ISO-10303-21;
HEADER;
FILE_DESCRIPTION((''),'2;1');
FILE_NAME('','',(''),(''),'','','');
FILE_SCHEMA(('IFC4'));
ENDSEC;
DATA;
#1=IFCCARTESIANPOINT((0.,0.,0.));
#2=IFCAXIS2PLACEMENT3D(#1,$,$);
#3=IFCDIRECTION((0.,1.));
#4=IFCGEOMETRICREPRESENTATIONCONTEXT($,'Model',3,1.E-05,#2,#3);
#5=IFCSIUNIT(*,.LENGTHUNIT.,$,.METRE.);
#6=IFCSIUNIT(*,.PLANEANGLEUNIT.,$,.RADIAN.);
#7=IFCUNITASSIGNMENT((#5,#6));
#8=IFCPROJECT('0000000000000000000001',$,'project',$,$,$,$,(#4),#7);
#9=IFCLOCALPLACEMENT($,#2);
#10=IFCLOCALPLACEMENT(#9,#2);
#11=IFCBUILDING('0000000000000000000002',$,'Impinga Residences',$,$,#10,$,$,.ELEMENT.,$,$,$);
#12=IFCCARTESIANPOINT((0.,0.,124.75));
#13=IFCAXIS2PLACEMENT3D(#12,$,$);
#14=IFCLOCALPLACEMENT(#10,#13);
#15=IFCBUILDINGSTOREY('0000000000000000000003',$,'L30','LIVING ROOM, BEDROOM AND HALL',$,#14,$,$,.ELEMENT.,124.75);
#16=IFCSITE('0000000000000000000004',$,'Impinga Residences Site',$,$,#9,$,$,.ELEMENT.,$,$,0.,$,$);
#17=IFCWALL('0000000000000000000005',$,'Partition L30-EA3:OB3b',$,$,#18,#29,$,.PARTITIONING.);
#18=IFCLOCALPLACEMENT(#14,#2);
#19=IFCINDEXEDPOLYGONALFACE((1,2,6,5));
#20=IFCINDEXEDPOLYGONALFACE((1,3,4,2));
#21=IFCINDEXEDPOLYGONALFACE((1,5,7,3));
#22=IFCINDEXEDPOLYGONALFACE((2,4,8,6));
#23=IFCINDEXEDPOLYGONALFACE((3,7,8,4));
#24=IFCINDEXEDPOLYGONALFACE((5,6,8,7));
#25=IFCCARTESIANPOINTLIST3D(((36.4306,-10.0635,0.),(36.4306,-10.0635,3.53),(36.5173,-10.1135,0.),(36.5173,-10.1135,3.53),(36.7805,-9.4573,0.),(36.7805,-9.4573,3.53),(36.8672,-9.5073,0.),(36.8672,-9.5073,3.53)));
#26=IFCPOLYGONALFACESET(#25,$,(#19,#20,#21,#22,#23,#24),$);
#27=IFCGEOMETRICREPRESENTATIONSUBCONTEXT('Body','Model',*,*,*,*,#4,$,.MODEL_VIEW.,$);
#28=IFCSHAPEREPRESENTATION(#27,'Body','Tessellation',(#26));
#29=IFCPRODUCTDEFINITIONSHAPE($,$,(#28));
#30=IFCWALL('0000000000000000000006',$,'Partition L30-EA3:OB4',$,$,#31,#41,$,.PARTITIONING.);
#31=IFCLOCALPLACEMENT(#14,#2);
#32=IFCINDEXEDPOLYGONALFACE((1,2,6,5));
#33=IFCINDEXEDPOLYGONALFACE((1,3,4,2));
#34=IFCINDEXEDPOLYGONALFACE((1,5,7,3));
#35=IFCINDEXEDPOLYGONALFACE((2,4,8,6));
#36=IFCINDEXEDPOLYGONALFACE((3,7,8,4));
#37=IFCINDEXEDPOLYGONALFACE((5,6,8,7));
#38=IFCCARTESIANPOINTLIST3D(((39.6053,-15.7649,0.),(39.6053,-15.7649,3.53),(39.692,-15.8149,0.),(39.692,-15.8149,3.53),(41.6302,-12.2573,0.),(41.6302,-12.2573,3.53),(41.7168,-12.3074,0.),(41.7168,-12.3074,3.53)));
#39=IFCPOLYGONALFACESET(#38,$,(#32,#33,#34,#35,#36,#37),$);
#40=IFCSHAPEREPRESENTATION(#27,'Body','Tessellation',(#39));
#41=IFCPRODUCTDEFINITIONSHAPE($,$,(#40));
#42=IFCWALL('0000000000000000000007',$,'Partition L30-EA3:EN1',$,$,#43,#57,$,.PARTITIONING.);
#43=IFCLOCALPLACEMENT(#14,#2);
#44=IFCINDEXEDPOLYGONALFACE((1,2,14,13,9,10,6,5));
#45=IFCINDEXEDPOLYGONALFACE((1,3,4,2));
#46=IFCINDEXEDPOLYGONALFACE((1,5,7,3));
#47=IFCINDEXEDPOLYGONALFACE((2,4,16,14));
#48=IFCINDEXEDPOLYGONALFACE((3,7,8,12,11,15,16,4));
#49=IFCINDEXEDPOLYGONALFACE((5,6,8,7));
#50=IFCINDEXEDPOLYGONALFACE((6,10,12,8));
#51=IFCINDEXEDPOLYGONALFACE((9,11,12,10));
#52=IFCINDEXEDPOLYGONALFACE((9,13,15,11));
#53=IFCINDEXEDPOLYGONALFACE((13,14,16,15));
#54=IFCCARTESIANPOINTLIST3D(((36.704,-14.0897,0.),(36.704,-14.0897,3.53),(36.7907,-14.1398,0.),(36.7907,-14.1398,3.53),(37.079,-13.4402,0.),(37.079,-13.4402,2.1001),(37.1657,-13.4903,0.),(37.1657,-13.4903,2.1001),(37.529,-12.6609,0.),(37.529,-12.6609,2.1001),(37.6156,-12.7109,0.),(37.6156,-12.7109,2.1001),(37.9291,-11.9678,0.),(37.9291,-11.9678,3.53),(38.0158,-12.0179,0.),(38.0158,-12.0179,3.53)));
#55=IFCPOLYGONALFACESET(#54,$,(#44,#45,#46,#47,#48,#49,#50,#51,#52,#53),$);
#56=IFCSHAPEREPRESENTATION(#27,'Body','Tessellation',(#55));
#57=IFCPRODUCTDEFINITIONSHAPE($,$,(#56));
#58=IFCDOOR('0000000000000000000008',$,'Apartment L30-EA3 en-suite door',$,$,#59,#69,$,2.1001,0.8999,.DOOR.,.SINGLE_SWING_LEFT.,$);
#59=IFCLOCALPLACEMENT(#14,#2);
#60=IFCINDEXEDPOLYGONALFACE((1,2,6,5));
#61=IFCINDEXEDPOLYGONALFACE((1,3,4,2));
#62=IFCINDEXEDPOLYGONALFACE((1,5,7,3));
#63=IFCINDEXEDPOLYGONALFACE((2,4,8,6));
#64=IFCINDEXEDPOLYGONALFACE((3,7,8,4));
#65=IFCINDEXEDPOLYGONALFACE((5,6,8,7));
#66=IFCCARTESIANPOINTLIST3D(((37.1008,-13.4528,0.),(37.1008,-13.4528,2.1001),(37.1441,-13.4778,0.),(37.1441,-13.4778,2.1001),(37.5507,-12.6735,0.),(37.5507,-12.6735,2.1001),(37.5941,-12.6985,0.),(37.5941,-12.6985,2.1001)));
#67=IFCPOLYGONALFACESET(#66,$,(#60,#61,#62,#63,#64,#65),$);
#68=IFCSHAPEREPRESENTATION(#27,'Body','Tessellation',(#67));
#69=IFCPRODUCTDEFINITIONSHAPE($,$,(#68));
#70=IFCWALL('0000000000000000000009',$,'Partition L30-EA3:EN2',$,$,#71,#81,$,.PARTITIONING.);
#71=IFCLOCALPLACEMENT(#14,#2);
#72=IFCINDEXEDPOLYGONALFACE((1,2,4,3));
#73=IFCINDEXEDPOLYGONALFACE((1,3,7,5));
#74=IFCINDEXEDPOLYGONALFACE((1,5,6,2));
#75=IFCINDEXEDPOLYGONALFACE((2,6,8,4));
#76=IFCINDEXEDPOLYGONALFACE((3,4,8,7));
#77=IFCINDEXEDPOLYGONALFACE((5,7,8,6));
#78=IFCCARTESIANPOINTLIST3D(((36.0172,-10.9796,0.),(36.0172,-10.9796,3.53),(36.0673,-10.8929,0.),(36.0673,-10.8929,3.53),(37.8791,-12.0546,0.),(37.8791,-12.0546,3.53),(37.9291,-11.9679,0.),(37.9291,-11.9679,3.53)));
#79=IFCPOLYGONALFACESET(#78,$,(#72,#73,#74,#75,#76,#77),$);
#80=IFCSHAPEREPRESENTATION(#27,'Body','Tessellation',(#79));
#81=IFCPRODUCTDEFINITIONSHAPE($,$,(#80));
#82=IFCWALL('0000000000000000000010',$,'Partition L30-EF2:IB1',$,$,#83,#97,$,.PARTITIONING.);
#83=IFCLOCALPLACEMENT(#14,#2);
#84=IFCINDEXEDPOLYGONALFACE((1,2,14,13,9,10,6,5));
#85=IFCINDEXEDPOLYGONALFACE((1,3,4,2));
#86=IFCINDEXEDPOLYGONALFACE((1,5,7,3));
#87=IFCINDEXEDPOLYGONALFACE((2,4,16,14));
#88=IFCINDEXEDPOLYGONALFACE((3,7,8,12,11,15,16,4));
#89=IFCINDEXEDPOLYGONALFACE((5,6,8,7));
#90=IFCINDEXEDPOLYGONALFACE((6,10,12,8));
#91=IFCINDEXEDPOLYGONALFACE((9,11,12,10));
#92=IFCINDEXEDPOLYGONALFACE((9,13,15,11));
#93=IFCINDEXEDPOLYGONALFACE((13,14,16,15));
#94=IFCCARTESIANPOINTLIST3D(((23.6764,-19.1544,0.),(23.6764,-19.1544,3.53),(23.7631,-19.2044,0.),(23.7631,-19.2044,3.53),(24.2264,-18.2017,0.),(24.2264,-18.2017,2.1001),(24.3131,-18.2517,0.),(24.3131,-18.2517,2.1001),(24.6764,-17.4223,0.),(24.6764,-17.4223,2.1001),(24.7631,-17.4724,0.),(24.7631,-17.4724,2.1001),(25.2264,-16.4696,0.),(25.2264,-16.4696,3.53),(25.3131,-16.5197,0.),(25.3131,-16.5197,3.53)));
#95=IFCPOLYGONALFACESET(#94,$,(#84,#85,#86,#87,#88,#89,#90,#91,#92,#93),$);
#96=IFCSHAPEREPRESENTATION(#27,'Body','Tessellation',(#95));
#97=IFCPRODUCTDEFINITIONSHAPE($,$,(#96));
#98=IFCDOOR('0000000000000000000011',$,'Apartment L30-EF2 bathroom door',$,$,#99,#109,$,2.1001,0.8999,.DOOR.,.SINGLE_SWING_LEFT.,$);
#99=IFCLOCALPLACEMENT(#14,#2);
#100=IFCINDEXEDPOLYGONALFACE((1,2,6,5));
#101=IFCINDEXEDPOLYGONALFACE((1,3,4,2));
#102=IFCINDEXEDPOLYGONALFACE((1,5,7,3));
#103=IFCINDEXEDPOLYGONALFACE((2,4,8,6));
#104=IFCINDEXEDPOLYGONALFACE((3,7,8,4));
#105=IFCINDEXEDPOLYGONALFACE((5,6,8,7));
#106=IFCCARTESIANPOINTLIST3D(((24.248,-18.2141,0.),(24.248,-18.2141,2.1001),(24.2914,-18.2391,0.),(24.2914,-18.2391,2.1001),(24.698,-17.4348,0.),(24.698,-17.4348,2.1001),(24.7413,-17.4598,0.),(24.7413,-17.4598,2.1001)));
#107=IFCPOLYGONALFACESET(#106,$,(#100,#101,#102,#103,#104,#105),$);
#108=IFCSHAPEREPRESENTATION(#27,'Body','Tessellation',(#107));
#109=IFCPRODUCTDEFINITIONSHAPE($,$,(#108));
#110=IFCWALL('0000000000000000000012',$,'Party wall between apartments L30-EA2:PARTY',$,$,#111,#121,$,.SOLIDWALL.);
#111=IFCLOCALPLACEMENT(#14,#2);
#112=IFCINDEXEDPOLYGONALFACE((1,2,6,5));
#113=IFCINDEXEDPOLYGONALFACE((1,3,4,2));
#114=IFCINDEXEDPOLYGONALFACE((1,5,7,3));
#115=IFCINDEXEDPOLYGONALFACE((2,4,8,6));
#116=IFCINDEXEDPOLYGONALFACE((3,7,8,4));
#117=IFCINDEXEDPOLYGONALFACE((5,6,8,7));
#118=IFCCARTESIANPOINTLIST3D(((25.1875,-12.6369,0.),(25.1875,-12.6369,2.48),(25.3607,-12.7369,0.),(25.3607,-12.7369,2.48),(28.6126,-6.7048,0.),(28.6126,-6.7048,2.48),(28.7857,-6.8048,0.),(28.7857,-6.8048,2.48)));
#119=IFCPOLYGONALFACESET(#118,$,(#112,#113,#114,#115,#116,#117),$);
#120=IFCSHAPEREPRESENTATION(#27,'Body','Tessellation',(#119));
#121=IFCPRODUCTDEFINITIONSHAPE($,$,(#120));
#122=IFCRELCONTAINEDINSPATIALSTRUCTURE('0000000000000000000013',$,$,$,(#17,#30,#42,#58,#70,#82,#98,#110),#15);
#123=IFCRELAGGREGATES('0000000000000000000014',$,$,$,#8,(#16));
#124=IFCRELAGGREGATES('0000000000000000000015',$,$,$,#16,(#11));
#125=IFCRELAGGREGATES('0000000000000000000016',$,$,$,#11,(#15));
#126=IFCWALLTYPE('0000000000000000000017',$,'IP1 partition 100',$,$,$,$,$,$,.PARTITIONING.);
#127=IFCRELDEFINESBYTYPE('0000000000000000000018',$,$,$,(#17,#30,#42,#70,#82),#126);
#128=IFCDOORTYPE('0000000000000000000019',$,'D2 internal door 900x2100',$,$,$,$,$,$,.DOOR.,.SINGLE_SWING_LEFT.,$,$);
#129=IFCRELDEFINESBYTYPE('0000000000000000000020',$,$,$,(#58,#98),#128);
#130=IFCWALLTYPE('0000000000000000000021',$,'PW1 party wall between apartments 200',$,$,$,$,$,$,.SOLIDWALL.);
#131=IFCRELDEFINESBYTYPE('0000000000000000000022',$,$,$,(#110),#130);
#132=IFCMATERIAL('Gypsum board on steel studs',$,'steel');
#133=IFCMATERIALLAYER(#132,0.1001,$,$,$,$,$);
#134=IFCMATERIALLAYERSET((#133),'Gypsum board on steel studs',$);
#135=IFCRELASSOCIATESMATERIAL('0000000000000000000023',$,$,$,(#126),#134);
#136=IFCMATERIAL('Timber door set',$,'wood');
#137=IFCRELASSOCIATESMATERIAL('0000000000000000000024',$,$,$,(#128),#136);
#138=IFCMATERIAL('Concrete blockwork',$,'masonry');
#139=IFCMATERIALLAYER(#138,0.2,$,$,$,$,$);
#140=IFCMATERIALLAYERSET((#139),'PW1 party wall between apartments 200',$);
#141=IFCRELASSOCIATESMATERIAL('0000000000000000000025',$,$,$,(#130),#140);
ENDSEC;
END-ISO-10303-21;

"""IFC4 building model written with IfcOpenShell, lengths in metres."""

from ifc_helpers import new_model, si_unit, direction, frame, frame_2d, origin, place, context, subcontext, project, spatial, rectangle, extrude, material, layer, layer_set, type_object, element, fill, save


model = new_model("IFC4")

# Units and contexts
model_context = context("Model", 3, precision=1e-05, world=origin(), true_north=direction((0.0, 1.0)))
body_context = subcontext(model_context, "Body", "Model", "MODEL_VIEW")
ifc_project = project(units=[si_unit("LENGTHUNIT", "METRE"), si_unit("PLANEANGLEUNIT", "RADIAN")], contexts=[model_context])

# Site, building, storey
site_placement = place(None, origin())
site = spatial("IfcSite", under=ifc_project, at=site_placement, Name="Impinga Residences Site", CompositionType="ELEMENT", RefElevation=0.0)
building_placement = place(site_placement, origin())
building = spatial("IfcBuilding", under=site, at=building_placement, Name="Impinga Residences", CompositionType="ELEMENT")
storey_placement = place(building_placement, frame((0.0, 0.0, 124.75)))
storey = spatial("IfcBuildingStorey", under=building, at=storey_placement, Name="L30", Description="LIVING ROOM, BEDROOM AND HALL", CompositionType="ELEMENT", Elevation=124.75)

# Shared definitions
ifc_material_1 = material(Name="Gypsum board on steel studs", Category="steel")
ifc_layer_1 = layer(ifc_material_1, 0.1001)
ifc_layer_set_1 = layer_set([ifc_layer_1], Name="Gypsum board on steel studs")
wall_type_1 = type_object("IfcWallType", Name="IP1 partition 100", PredefinedType="PARTITIONING", material=ifc_layer_set_1)

# Shared definitions
ifc_material_2 = material(Name="Timber door set", Category="wood")
door_type = type_object("IfcDoorType", Name="D2 internal door 900x2100", OperationType="SINGLE_SWING_LEFT", PredefinedType="DOOR", material=ifc_material_2)

# Walls
wall_1_placement = place(storey_placement, frame((36.4739, -10.0886, 0.0), z_axis=(0.0, 0.0, 1.0), x_axis=(0.499853, 0.86611, 0.0)))
element("IfcWall", 1, at=wall_1_placement, inside=storey, type_object=wall_type_1, Name="Partition L30-EA3:OB3b", PredefinedType="PARTITIONING", context=body_context, shape_type="SweptSolid", body=[
    extrude(rectangle(XDim=0.7, YDim=0.1001, at=frame_2d((0.3501, 0.0))), origin(), (0.0, 0.0, 1.0), 3.53),
])
wall_2_placement = place(storey_placement, frame((39.6487, -15.7898, 0.0), z_axis=(0.0, 0.0, 1.0), x_axis=(0.499964, 0.866046, 0.0)))
element("IfcWall", 2, at=wall_2_placement, inside=storey, type_object=wall_type_1, Name="Partition L30-EA3:OB4", PredefinedType="PARTITIONING", context=body_context, shape_type="SweptSolid", body=[
    extrude(rectangle(XDim=4.05, YDim=0.1001, at=frame_2d((2.0249, 0.0))), origin(), (0.0, 0.0, 1.0), 3.53),
])

# Wall, opening, door
wall_3_placement = place(storey_placement, frame((36.7473, -14.1147, 0.0), z_axis=(0.0, 0.0, 1.0), x_axis=(0.500019, 0.866015, 0.0)))
wall_3 = element("IfcWall", 3, at=wall_3_placement, inside=storey, type_object=wall_type_1, Name="Partition L30-EA3:EN1", PredefinedType="PARTITIONING", context=body_context, shape_type="SweptSolid", body=[
    extrude(rectangle(XDim=2.4502, YDim=0.1001, at=frame_2d((1.2251, 0.0))), origin(), (0.0, 0.0, 1.0), 3.53),
])
opening_1_placement = place(wall_3_placement, frame((0.75, 0.0, 0.0)))
opening_1 = element("IfcOpeningElement", 4, at=opening_1_placement, cuts=wall_3, PredefinedType="OPENING", context=body_context, shape_type="SweptSolid", body=[
    extrude(rectangle(XDim=0.8999, YDim=2.1001, at=frame_2d((0.45, 1.05))), frame((0.0, 0.0601, 0.0), z_axis=(0.0, -1.0, 0.0), x_axis=(1.0, 0.0, 0.0)), (0.0, 0.0, 1.0), 0.1201),
])
door_1_placement = place(opening_1_placement, origin())
door_1 = element("IfcDoor", 5, at=door_1_placement, inside=storey, type_object=door_type, Name="Apartment L30-EA3 en-suite door", OperationType="SINGLE_SWING_LEFT", OverallHeight=2.1001, OverallWidth=0.8999, PredefinedType="DOOR", context=body_context, shape_type="SweptSolid", body=[
    extrude(rectangle(XDim=0.8999, YDim=2.1001, at=frame_2d((0.45, 1.05))), frame((0.0, 0.0249, 0.0), z_axis=(0.0, -1.0, 0.0), x_axis=(1.0, 0.0, 0.0)), (0.0, 0.0, 1.0), 0.05),
])
fill(opening_1, door_1)

# Wall
wall_4_placement = place(storey_placement, frame((36.0422, -10.9363, 0.0), z_axis=(0.0, 0.0, 1.0), x_axis=(0.866019, -0.500011, 0.0)))
element("IfcWall", 6, at=wall_4_placement, inside=storey, type_object=wall_type_1, Name="Partition L30-EA3:EN2", PredefinedType="PARTITIONING", context=body_context, shape_type="SweptSolid", body=[
    extrude(rectangle(XDim=2.1499, YDim=0.1001, at=frame_2d((1.075, 0.0))), origin(), (0.0, 0.0, 1.0), 3.53),
])

# Wall, opening, door
wall_5_placement = place(storey_placement, frame((25.2698, -16.4946, 0.0), z_axis=(0.0, 0.0, 1.0), x_axis=(-0.499993, -0.86603, 0.0)))
wall_5 = element("IfcWall", 7, at=wall_5_placement, inside=storey, type_object=wall_type_1, Name="Partition L30-EF2:IB1", PredefinedType="PARTITIONING", context=body_context, shape_type="SweptSolid", body=[
    extrude(rectangle(XDim=3.1001, YDim=0.1001, at=frame_2d((1.55, 0.0))), origin(), (0.0, 0.0, 1.0), 3.53),
])
opening_2_placement = place(wall_5_placement, frame((1.1001, 0.0, 0.0)))
opening_2 = element("IfcOpeningElement", 8, at=opening_2_placement, cuts=wall_5, PredefinedType="OPENING", context=body_context, shape_type="SweptSolid", body=[
    extrude(rectangle(XDim=0.8999, YDim=2.1001, at=frame_2d((0.45, 1.05))), frame((0.0, 0.0601, 0.0), z_axis=(0.0, -1.0, 0.0), x_axis=(1.0, 0.0, 0.0)), (0.0, 0.0, 1.0), 0.1201),
])
door_2_placement = place(opening_2_placement, origin())
door_2 = element("IfcDoor", 9, at=door_2_placement, inside=storey, type_object=door_type, Name="Apartment L30-EF2 bathroom door", OperationType="SINGLE_SWING_LEFT", OverallHeight=2.1001, OverallWidth=0.8999, PredefinedType="DOOR", context=body_context, shape_type="SweptSolid", body=[
    extrude(rectangle(XDim=0.8999, YDim=2.1001, at=frame_2d((0.45, 1.05))), frame((0.0, 0.0249, 0.0), z_axis=(0.0, -1.0, 0.0), x_axis=(1.0, 0.0, 0.0)), (0.0, 0.0, 1.0), 0.05),
])
fill(opening_2, door_2)

# Wall
ifc_material_3 = material(Name="Concrete blockwork", Category="masonry")
ifc_layer_2 = layer(ifc_material_3, 0.2)
ifc_layer_set_2 = layer_set([ifc_layer_2], Name="PW1 party wall between apartments 200")
wall_type_2 = type_object("IfcWallType", Name="PW1 party wall between apartments 200", PredefinedType="SOLIDWALL", material=ifc_layer_set_2)
wall_6_placement = place(storey_placement, frame((25.2742, -12.6868, 0.0), z_axis=(0.0, 0.0, 1.0), x_axis=(0.500015, 0.866017, 0.0)))
element("IfcWall", 10, at=wall_6_placement, inside=storey, type_object=wall_type_2, Name="Party wall between apartments L30-EA2:PARTY", PredefinedType="SOLIDWALL", context=body_context, shape_type="SweptSolid", body=[
    extrude(rectangle(XDim=6.8499, YDim=0.2, at=frame_2d((3.4248, 0.0))), origin(), (0.0, 0.0, 1.0), 2.48),
])

save(model, "model.ifc")
